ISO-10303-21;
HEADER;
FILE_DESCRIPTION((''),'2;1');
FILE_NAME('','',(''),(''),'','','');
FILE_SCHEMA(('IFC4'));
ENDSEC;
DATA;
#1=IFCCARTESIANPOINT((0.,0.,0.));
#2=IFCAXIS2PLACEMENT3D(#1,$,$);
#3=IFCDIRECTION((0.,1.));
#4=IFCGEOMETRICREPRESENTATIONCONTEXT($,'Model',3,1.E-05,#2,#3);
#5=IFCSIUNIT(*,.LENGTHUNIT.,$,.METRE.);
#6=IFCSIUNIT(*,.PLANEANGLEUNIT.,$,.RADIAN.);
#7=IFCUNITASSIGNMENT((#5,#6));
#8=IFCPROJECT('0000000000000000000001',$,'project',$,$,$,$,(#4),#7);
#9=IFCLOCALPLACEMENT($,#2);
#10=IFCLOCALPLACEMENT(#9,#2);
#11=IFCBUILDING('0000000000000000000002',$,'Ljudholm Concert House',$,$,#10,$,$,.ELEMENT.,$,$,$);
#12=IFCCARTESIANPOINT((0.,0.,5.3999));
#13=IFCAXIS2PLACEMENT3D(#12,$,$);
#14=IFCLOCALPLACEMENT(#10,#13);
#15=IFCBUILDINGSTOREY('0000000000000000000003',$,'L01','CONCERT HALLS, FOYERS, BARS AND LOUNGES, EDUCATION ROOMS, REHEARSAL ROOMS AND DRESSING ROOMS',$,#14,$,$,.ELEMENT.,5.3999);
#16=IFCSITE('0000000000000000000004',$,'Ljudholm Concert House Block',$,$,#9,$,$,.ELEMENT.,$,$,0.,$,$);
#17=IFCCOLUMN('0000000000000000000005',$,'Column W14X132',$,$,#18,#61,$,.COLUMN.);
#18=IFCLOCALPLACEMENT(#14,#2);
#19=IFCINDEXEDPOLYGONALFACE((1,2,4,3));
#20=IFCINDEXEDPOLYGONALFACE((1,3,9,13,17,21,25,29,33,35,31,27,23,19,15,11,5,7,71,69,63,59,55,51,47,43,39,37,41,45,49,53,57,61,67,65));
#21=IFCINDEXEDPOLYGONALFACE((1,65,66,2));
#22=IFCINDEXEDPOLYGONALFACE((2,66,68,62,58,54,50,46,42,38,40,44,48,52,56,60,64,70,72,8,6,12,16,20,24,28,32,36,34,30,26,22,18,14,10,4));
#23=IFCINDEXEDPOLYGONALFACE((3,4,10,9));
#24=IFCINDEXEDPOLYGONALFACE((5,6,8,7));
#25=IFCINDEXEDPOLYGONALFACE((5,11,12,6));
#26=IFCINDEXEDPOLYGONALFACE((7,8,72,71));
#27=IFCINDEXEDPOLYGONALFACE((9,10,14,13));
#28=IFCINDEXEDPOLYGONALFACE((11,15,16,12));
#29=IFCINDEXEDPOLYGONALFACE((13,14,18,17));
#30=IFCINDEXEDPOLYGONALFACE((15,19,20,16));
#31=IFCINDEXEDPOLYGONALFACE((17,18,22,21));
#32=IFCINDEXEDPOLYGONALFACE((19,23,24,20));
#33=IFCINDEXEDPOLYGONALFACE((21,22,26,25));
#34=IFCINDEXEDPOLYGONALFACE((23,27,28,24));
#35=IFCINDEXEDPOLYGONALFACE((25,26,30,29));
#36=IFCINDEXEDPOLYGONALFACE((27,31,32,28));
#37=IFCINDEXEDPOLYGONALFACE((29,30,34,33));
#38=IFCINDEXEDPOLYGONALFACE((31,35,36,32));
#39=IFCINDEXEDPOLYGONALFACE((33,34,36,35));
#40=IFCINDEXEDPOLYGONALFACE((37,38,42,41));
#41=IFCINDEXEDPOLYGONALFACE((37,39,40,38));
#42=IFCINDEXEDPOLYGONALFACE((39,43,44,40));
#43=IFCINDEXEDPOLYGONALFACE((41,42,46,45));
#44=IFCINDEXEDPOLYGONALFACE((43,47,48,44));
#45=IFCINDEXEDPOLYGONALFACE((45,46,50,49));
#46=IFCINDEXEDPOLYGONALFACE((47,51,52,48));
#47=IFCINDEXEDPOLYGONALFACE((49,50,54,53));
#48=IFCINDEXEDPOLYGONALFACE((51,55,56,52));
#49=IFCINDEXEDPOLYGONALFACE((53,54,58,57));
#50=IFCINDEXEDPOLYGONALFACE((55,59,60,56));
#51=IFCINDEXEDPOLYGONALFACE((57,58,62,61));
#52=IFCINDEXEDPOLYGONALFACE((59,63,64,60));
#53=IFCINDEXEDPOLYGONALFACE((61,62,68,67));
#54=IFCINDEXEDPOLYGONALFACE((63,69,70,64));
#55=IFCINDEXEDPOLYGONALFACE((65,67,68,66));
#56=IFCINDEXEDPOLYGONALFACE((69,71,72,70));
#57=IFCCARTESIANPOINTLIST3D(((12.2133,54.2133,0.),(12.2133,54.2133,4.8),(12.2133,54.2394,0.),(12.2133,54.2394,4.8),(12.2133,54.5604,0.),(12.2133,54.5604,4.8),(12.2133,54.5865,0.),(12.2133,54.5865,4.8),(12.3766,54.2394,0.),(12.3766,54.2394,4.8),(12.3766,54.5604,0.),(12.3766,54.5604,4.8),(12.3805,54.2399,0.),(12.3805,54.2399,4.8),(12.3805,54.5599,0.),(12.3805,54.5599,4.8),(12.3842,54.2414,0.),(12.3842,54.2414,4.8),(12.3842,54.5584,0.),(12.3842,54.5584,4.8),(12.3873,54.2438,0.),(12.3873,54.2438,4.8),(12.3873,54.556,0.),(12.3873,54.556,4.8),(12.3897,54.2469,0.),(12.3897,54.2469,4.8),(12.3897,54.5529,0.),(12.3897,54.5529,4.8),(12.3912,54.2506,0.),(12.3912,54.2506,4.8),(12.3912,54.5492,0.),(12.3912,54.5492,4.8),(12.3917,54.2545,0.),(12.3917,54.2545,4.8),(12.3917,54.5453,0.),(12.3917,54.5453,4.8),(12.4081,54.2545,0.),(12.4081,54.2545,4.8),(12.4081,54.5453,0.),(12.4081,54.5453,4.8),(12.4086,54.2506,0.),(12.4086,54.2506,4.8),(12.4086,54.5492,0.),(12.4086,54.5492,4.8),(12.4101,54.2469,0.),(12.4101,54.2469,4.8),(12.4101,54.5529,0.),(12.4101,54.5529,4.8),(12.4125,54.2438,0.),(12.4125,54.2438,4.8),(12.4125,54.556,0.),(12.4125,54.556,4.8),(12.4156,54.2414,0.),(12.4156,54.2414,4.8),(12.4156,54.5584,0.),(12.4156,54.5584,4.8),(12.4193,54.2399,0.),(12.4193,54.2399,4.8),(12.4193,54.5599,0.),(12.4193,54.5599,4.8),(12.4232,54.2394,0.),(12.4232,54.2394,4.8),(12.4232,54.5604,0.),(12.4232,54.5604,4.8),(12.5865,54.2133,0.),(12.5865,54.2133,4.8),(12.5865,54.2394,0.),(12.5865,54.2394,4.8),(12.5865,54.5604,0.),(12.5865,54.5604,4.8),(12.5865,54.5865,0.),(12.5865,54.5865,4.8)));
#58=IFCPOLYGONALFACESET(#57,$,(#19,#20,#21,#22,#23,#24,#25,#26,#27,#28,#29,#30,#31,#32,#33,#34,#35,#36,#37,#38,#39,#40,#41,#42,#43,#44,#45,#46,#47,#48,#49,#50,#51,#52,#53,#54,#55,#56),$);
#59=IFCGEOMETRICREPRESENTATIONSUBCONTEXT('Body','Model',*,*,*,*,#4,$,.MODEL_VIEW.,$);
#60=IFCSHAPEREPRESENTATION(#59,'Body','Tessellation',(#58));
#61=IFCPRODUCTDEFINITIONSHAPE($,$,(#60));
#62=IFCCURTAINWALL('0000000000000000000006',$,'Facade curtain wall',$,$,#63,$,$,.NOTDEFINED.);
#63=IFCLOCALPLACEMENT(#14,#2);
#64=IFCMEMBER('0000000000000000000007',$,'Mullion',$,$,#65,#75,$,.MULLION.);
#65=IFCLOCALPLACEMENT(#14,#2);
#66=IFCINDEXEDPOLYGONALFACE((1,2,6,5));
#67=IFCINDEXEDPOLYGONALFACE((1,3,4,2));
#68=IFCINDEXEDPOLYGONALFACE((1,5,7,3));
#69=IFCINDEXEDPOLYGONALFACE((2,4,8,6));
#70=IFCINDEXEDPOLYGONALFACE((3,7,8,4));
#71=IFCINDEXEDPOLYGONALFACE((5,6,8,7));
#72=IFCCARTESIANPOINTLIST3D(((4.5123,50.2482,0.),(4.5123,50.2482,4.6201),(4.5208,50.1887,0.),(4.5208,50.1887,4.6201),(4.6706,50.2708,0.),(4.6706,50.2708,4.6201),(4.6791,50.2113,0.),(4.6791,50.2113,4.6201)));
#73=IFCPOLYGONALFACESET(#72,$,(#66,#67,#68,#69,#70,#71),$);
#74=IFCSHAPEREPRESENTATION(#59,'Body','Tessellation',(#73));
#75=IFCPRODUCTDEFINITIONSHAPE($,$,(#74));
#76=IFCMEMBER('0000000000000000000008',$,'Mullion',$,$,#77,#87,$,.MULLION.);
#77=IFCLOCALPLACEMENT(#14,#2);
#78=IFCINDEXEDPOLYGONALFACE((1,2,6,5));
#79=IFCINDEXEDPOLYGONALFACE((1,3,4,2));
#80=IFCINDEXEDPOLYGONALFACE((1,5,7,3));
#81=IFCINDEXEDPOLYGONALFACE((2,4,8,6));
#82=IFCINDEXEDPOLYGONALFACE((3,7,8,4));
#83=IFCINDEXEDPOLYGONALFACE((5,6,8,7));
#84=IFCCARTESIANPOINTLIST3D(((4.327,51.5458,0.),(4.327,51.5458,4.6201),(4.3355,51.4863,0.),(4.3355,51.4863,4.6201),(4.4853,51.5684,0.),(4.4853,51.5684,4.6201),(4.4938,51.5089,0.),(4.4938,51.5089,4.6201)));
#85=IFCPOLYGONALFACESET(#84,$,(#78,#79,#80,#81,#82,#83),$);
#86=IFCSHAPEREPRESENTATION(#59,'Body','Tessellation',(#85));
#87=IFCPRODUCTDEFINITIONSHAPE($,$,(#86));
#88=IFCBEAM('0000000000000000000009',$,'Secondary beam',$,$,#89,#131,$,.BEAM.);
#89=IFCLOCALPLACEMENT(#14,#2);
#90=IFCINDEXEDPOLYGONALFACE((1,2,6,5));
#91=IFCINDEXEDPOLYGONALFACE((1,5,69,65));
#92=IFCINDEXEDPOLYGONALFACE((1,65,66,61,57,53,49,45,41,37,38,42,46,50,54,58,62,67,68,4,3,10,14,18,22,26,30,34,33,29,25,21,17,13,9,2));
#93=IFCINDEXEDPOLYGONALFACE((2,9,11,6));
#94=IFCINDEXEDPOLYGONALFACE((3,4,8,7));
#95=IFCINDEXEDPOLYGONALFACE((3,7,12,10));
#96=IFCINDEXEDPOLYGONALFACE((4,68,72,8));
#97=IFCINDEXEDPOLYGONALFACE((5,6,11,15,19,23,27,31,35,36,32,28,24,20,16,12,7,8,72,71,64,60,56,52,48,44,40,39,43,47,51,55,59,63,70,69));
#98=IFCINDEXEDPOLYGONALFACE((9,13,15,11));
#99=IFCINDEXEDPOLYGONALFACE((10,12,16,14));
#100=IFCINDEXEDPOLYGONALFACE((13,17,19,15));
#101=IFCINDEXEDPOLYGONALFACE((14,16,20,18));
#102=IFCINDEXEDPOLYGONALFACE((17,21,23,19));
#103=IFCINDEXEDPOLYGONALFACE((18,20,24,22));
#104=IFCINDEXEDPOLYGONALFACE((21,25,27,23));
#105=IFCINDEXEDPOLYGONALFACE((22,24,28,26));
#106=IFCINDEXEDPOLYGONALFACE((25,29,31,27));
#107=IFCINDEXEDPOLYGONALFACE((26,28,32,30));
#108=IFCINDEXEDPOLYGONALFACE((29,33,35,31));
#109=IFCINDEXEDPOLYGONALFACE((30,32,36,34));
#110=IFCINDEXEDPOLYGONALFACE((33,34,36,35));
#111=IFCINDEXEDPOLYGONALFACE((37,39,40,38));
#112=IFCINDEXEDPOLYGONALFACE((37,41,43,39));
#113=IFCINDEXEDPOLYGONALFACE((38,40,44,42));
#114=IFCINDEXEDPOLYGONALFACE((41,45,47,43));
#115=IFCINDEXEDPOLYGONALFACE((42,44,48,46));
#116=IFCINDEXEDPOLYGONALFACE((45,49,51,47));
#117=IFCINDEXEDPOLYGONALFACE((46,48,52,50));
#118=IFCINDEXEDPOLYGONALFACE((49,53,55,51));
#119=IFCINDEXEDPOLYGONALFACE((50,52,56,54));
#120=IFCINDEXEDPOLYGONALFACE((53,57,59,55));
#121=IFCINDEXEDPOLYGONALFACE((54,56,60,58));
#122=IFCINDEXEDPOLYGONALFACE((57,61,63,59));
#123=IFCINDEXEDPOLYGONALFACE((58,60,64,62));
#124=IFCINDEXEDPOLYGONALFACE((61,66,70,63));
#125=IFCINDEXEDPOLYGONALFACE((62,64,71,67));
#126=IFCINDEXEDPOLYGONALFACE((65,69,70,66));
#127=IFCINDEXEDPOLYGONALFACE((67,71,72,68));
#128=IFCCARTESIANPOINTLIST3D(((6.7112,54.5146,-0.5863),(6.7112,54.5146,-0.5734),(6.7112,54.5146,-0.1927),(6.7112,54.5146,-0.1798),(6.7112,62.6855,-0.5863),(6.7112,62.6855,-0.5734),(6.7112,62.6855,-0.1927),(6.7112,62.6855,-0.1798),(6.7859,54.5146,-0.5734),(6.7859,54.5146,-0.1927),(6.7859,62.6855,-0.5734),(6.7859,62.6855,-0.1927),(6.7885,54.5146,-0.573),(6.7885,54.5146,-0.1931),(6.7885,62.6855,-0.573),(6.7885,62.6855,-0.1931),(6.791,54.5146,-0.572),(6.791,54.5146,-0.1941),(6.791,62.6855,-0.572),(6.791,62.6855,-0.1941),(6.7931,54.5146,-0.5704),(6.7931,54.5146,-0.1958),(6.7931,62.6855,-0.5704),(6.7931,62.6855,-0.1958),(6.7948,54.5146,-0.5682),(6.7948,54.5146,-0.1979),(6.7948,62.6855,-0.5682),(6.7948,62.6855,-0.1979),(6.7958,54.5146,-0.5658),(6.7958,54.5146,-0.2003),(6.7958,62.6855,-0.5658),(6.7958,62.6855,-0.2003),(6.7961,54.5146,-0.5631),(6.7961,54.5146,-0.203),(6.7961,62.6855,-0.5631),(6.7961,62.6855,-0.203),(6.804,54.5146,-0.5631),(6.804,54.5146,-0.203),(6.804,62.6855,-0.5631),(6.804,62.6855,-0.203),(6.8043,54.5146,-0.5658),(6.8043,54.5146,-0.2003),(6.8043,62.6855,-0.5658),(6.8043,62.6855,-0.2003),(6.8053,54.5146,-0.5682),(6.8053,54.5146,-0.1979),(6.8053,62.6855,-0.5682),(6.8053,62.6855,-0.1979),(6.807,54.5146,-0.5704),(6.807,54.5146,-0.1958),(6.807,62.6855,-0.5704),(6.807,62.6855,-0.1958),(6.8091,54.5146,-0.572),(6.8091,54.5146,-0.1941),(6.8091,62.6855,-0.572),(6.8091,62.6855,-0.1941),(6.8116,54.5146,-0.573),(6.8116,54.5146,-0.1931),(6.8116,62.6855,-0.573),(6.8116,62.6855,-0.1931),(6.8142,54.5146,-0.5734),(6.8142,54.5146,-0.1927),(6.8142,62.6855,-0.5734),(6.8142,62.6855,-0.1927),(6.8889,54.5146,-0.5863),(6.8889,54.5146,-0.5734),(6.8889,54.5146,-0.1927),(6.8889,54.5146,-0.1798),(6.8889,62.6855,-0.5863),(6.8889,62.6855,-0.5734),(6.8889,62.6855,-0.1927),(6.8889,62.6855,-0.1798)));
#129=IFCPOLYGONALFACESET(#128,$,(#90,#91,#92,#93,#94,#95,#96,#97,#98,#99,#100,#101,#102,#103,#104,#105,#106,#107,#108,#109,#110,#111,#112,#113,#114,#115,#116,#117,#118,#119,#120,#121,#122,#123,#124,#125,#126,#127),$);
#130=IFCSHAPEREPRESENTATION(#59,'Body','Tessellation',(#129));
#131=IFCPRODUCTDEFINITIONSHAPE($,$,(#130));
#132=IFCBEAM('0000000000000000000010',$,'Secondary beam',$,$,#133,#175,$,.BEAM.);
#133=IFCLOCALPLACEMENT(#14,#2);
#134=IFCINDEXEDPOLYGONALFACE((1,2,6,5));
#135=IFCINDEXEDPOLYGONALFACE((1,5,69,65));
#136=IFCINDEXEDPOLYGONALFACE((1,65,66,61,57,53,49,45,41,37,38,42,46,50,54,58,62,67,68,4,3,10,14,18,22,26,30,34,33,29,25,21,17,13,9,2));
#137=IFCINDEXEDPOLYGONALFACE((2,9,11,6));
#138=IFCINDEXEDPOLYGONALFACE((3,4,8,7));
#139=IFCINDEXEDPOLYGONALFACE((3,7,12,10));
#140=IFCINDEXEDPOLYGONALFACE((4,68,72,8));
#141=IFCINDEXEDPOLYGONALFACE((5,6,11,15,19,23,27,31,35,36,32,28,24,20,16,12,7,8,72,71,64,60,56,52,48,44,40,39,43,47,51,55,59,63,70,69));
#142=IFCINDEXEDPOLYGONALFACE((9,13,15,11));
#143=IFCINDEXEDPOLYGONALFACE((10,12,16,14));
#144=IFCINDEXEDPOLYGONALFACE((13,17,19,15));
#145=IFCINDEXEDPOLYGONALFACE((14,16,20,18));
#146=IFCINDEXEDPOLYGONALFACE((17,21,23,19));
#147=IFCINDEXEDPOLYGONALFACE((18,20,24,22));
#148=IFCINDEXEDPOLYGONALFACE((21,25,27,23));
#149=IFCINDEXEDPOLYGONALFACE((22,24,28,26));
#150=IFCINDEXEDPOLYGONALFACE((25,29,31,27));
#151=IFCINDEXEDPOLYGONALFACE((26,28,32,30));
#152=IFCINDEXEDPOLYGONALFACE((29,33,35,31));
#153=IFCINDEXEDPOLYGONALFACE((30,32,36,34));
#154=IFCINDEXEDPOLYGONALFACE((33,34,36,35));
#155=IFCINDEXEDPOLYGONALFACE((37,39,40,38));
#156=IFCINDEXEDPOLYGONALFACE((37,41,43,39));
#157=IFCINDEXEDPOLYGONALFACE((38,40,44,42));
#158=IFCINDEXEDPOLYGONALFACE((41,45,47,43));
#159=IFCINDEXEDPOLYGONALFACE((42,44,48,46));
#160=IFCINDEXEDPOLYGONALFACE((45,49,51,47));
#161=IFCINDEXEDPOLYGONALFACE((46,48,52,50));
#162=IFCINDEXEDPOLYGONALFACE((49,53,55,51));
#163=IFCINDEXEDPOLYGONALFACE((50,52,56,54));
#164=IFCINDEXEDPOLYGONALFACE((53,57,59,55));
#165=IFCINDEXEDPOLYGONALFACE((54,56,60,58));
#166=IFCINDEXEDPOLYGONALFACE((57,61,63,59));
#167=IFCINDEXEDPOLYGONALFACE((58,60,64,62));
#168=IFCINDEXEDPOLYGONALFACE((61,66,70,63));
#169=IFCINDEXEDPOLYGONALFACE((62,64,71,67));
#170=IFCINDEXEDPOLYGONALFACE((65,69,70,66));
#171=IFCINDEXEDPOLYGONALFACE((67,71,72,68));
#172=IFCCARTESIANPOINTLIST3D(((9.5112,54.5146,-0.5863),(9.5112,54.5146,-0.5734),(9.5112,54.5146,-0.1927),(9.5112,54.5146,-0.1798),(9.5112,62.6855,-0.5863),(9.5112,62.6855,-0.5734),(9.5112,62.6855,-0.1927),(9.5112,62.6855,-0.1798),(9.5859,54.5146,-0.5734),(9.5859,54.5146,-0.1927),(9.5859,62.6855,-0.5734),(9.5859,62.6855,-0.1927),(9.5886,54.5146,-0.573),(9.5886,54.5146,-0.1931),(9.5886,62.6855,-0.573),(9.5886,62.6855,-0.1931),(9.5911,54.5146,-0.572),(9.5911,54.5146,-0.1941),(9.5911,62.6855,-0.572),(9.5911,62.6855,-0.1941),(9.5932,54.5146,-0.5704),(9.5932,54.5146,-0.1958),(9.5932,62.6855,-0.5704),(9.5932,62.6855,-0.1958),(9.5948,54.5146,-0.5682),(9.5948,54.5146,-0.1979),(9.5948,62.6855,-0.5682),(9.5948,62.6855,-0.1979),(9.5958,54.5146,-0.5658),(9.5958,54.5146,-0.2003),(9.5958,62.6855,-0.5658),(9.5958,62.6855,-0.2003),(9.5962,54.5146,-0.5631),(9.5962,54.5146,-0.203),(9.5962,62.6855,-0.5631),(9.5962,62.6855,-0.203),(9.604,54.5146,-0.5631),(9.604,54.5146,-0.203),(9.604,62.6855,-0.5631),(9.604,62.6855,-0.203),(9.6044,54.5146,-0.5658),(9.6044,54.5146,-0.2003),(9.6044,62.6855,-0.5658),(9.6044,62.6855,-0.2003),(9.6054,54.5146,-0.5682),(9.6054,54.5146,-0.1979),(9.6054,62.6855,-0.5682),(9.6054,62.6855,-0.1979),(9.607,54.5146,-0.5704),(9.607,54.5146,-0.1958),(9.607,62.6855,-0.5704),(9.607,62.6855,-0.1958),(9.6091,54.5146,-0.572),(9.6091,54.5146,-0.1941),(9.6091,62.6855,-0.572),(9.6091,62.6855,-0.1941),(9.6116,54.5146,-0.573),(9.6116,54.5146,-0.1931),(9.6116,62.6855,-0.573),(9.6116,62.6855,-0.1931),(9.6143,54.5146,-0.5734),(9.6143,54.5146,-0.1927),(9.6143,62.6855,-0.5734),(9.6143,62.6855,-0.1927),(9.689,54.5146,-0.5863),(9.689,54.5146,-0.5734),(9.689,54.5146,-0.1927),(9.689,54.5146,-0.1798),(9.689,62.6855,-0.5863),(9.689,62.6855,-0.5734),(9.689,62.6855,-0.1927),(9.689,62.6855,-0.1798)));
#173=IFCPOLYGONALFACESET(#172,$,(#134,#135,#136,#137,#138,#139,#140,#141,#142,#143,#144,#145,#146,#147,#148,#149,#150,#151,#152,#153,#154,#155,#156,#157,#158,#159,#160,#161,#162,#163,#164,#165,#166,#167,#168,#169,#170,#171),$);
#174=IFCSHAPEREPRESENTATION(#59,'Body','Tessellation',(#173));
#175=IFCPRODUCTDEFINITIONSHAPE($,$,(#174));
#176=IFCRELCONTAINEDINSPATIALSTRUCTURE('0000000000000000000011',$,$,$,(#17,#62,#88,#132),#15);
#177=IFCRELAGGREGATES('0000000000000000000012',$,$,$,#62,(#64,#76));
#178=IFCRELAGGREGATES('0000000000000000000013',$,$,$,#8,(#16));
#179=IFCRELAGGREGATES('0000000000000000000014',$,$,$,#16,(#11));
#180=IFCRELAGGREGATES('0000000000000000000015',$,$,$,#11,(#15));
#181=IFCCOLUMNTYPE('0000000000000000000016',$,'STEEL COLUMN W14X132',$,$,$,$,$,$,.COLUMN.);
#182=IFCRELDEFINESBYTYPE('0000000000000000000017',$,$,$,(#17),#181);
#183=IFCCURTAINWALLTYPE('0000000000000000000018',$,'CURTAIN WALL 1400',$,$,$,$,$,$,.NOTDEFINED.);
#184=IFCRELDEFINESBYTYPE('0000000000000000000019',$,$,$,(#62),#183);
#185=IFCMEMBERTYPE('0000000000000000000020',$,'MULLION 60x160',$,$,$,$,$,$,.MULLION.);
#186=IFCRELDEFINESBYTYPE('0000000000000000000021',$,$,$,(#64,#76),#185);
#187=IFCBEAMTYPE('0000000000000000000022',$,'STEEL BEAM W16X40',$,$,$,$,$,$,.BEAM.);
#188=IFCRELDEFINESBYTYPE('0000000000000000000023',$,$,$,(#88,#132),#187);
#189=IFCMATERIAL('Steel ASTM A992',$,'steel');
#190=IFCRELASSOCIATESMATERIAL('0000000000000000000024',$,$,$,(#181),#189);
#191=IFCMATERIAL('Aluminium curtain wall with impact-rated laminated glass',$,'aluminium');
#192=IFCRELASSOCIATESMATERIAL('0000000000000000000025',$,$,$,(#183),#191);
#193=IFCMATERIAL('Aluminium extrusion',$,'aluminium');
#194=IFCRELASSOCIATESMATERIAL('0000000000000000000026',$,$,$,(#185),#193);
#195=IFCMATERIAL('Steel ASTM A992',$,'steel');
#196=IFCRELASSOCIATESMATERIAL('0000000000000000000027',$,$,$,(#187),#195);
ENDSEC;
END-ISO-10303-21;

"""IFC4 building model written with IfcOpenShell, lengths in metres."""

from ifc_helpers import new_model, si_unit, direction, frame, origin, origin_2d, place, context, subcontext, project, spatial, rectangle, i_section, extrude, material, material_profile, profile_set, type_object, element, aggregate, save


model = new_model("IFC4")

# Units and contexts
model_context = context("Model", 3, precision=1e-05, world=origin(), true_north=direction((0.0, 1.0)))
body_context = subcontext(model_context, "Body", "Model", "MODEL_VIEW")
ifc_project = project(units=[si_unit("LENGTHUNIT", "METRE"), si_unit("PLANEANGLEUNIT", "RADIAN")], contexts=[model_context])

# Site, building, storey
site_placement = place(None, origin())
site = spatial("IfcSite", under=ifc_project, at=site_placement, Name="Ljudholm Concert House Block", CompositionType="ELEMENT", RefElevation=0.0)
building_placement = place(site_placement, origin())
building = spatial("IfcBuilding", under=site, at=building_placement, Name="Ljudholm Concert House", CompositionType="ELEMENT")
storey_placement = place(building_placement, frame((0.0, 0.0, 5.3999)))
storey = spatial("IfcBuildingStorey", under=building, at=storey_placement, Name="L01", Description="CONCERT HALLS, FOYERS, BARS AND LOUNGES, EDUCATION ROOMS, REHEARSAL ROOMS AND DRESSING ROOMS", CompositionType="ELEMENT", Elevation=5.3999)

# Column
ifc_material_1 = material(Name="Steel ASTM A992", Category="steel")
ifc_material_profile_1 = material_profile(ifc_material_1, i_section(OverallWidth=0.3733, OverallDepth=0.3733, WebThickness=0.0164, FlangeThickness=0.0261, FilletRadius=0.0151, at=origin_2d()), Name="W14X132")
ifc_profile_set_1 = profile_set([ifc_material_profile_1], Name="Steel ASTM A992")
column_type = type_object("IfcColumnType", Name="STEEL COLUMN W14X132", PredefinedType="COLUMN", material=ifc_profile_set_1)
column_placement = place(storey_placement, frame((12.3999, 54.3999, 0.0), z_axis=(0.0, 0.0, 1.0), x_axis=(1.0, 0.0, 0.0)))
element("IfcColumn", 1, at=column_placement, inside=storey, type_object=column_type, Name="Column W14X132", PredefinedType="COLUMN", context=body_context, shape_type="SweptSolid", body=[
    extrude(i_section(OverallWidth=0.3733, OverallDepth=0.3733, WebThickness=0.0164, FlangeThickness=0.0261, FilletRadius=0.0151, at=origin_2d()), origin(), (0.0, 0.0, 1.0), 4.8),
])

# Curtain wall, members
ifc_material_2 = material(Name="Aluminium curtain wall with impact-rated laminated glass", Category="aluminium")
curtain_wall_type = type_object("IfcCurtainWallType", Name="CURTAIN WALL 1400", PredefinedType="NOTDEFINED", material=ifc_material_2)
curtain_wall_placement = place(storey_placement, origin())
curtain_wall = element("IfcCurtainWall", 2, at=curtain_wall_placement, inside=storey, type_object=curtain_wall_type, Name="Facade curtain wall", PredefinedType="NOTDEFINED")
ifc_material_3 = material(Name="Aluminium extrusion", Category="aluminium")
ifc_material_profile_2 = material_profile(ifc_material_3, rectangle(XDim=0.1599, YDim=0.0601, at=origin_2d()), Name="MULLION 60x160")
ifc_profile_set_2 = profile_set([ifc_material_profile_2], Name="Aluminium extrusion")
member_type_1 = type_object("IfcMemberType", Name="MULLION 60x160", PredefinedType="MULLION", material=ifc_profile_set_2)
member_1_placement = place(storey_placement, frame((4.5957, 50.2297, 0.0), z_axis=(0.0, 0.0, 1.0), x_axis=(-0.989949, -0.141421, 0.0)))
member_1 = element("IfcMember", 3, at=member_1_placement, type_object=member_type_1, Name="Mullion", PredefinedType="MULLION", context=body_context, shape_type="SweptSolid", body=[
    extrude(rectangle(XDim=0.1599, YDim=0.0601, at=origin_2d()), origin(), (0.0, 0.0, 1.0), 4.6201),
])
member_2_placement = place(storey_placement, frame((4.4104, 51.5273, 0.0), z_axis=(0.0, 0.0, 1.0), x_axis=(-0.989949, -0.141421, 0.0)))
member_2 = element("IfcMember", 4, at=member_2_placement, type_object=member_type_1, Name="Mullion", PredefinedType="MULLION", context=body_context, shape_type="SweptSolid", body=[
    extrude(rectangle(XDim=0.1599, YDim=0.0601, at=origin_2d()), origin(), (0.0, 0.0, 1.0), 4.6201),
])

# Beams
ifc_material_4 = material(Name="Steel ASTM A992", Category="steel")
ifc_material_profile_3 = material_profile(ifc_material_4, i_section(OverallWidth=0.1777, OverallDepth=0.4065, WebThickness=0.0078, FlangeThickness=0.0129, FilletRadius=0.0103, at=origin_2d()), Name="W16X40")
ifc_profile_set_3 = profile_set([ifc_material_profile_3], Name="Steel ASTM A992")
beam_type_1 = type_object("IfcBeamType", Name="STEEL BEAM W16X40", PredefinedType="BEAM", material=ifc_profile_set_3)
for number, where, z_axis, x_axis, name in (
    (5, (6.8, 54.5146, -0.3831), (0.0, 1.0, 0.0), (-1.0, 0.0, 0.0), "Secondary beam"),
    (6, (9.6001, 54.5146, -0.3831), (0.0, 1.0, 0.0), (-1.0, 0.0, 0.0), "Secondary beam"),
):
    element("IfcBeam", number, at=place(storey_placement, frame(where, z_axis=z_axis, x_axis=x_axis)), inside=storey, type_object=beam_type_1, Name=name, PredefinedType="BEAM", context=body_context, shape_type="SweptSolid", body=[
        extrude(i_section(OverallWidth=0.1777, OverallDepth=0.4065, WebThickness=0.0078, FlangeThickness=0.0129, FilletRadius=0.0103, at=origin_2d()), origin(), (0.0, 0.0, 1.0), 8.1709),
    ])

aggregate(curtain_wall, [member_1, member_2])

save(model, "model.ifc")
